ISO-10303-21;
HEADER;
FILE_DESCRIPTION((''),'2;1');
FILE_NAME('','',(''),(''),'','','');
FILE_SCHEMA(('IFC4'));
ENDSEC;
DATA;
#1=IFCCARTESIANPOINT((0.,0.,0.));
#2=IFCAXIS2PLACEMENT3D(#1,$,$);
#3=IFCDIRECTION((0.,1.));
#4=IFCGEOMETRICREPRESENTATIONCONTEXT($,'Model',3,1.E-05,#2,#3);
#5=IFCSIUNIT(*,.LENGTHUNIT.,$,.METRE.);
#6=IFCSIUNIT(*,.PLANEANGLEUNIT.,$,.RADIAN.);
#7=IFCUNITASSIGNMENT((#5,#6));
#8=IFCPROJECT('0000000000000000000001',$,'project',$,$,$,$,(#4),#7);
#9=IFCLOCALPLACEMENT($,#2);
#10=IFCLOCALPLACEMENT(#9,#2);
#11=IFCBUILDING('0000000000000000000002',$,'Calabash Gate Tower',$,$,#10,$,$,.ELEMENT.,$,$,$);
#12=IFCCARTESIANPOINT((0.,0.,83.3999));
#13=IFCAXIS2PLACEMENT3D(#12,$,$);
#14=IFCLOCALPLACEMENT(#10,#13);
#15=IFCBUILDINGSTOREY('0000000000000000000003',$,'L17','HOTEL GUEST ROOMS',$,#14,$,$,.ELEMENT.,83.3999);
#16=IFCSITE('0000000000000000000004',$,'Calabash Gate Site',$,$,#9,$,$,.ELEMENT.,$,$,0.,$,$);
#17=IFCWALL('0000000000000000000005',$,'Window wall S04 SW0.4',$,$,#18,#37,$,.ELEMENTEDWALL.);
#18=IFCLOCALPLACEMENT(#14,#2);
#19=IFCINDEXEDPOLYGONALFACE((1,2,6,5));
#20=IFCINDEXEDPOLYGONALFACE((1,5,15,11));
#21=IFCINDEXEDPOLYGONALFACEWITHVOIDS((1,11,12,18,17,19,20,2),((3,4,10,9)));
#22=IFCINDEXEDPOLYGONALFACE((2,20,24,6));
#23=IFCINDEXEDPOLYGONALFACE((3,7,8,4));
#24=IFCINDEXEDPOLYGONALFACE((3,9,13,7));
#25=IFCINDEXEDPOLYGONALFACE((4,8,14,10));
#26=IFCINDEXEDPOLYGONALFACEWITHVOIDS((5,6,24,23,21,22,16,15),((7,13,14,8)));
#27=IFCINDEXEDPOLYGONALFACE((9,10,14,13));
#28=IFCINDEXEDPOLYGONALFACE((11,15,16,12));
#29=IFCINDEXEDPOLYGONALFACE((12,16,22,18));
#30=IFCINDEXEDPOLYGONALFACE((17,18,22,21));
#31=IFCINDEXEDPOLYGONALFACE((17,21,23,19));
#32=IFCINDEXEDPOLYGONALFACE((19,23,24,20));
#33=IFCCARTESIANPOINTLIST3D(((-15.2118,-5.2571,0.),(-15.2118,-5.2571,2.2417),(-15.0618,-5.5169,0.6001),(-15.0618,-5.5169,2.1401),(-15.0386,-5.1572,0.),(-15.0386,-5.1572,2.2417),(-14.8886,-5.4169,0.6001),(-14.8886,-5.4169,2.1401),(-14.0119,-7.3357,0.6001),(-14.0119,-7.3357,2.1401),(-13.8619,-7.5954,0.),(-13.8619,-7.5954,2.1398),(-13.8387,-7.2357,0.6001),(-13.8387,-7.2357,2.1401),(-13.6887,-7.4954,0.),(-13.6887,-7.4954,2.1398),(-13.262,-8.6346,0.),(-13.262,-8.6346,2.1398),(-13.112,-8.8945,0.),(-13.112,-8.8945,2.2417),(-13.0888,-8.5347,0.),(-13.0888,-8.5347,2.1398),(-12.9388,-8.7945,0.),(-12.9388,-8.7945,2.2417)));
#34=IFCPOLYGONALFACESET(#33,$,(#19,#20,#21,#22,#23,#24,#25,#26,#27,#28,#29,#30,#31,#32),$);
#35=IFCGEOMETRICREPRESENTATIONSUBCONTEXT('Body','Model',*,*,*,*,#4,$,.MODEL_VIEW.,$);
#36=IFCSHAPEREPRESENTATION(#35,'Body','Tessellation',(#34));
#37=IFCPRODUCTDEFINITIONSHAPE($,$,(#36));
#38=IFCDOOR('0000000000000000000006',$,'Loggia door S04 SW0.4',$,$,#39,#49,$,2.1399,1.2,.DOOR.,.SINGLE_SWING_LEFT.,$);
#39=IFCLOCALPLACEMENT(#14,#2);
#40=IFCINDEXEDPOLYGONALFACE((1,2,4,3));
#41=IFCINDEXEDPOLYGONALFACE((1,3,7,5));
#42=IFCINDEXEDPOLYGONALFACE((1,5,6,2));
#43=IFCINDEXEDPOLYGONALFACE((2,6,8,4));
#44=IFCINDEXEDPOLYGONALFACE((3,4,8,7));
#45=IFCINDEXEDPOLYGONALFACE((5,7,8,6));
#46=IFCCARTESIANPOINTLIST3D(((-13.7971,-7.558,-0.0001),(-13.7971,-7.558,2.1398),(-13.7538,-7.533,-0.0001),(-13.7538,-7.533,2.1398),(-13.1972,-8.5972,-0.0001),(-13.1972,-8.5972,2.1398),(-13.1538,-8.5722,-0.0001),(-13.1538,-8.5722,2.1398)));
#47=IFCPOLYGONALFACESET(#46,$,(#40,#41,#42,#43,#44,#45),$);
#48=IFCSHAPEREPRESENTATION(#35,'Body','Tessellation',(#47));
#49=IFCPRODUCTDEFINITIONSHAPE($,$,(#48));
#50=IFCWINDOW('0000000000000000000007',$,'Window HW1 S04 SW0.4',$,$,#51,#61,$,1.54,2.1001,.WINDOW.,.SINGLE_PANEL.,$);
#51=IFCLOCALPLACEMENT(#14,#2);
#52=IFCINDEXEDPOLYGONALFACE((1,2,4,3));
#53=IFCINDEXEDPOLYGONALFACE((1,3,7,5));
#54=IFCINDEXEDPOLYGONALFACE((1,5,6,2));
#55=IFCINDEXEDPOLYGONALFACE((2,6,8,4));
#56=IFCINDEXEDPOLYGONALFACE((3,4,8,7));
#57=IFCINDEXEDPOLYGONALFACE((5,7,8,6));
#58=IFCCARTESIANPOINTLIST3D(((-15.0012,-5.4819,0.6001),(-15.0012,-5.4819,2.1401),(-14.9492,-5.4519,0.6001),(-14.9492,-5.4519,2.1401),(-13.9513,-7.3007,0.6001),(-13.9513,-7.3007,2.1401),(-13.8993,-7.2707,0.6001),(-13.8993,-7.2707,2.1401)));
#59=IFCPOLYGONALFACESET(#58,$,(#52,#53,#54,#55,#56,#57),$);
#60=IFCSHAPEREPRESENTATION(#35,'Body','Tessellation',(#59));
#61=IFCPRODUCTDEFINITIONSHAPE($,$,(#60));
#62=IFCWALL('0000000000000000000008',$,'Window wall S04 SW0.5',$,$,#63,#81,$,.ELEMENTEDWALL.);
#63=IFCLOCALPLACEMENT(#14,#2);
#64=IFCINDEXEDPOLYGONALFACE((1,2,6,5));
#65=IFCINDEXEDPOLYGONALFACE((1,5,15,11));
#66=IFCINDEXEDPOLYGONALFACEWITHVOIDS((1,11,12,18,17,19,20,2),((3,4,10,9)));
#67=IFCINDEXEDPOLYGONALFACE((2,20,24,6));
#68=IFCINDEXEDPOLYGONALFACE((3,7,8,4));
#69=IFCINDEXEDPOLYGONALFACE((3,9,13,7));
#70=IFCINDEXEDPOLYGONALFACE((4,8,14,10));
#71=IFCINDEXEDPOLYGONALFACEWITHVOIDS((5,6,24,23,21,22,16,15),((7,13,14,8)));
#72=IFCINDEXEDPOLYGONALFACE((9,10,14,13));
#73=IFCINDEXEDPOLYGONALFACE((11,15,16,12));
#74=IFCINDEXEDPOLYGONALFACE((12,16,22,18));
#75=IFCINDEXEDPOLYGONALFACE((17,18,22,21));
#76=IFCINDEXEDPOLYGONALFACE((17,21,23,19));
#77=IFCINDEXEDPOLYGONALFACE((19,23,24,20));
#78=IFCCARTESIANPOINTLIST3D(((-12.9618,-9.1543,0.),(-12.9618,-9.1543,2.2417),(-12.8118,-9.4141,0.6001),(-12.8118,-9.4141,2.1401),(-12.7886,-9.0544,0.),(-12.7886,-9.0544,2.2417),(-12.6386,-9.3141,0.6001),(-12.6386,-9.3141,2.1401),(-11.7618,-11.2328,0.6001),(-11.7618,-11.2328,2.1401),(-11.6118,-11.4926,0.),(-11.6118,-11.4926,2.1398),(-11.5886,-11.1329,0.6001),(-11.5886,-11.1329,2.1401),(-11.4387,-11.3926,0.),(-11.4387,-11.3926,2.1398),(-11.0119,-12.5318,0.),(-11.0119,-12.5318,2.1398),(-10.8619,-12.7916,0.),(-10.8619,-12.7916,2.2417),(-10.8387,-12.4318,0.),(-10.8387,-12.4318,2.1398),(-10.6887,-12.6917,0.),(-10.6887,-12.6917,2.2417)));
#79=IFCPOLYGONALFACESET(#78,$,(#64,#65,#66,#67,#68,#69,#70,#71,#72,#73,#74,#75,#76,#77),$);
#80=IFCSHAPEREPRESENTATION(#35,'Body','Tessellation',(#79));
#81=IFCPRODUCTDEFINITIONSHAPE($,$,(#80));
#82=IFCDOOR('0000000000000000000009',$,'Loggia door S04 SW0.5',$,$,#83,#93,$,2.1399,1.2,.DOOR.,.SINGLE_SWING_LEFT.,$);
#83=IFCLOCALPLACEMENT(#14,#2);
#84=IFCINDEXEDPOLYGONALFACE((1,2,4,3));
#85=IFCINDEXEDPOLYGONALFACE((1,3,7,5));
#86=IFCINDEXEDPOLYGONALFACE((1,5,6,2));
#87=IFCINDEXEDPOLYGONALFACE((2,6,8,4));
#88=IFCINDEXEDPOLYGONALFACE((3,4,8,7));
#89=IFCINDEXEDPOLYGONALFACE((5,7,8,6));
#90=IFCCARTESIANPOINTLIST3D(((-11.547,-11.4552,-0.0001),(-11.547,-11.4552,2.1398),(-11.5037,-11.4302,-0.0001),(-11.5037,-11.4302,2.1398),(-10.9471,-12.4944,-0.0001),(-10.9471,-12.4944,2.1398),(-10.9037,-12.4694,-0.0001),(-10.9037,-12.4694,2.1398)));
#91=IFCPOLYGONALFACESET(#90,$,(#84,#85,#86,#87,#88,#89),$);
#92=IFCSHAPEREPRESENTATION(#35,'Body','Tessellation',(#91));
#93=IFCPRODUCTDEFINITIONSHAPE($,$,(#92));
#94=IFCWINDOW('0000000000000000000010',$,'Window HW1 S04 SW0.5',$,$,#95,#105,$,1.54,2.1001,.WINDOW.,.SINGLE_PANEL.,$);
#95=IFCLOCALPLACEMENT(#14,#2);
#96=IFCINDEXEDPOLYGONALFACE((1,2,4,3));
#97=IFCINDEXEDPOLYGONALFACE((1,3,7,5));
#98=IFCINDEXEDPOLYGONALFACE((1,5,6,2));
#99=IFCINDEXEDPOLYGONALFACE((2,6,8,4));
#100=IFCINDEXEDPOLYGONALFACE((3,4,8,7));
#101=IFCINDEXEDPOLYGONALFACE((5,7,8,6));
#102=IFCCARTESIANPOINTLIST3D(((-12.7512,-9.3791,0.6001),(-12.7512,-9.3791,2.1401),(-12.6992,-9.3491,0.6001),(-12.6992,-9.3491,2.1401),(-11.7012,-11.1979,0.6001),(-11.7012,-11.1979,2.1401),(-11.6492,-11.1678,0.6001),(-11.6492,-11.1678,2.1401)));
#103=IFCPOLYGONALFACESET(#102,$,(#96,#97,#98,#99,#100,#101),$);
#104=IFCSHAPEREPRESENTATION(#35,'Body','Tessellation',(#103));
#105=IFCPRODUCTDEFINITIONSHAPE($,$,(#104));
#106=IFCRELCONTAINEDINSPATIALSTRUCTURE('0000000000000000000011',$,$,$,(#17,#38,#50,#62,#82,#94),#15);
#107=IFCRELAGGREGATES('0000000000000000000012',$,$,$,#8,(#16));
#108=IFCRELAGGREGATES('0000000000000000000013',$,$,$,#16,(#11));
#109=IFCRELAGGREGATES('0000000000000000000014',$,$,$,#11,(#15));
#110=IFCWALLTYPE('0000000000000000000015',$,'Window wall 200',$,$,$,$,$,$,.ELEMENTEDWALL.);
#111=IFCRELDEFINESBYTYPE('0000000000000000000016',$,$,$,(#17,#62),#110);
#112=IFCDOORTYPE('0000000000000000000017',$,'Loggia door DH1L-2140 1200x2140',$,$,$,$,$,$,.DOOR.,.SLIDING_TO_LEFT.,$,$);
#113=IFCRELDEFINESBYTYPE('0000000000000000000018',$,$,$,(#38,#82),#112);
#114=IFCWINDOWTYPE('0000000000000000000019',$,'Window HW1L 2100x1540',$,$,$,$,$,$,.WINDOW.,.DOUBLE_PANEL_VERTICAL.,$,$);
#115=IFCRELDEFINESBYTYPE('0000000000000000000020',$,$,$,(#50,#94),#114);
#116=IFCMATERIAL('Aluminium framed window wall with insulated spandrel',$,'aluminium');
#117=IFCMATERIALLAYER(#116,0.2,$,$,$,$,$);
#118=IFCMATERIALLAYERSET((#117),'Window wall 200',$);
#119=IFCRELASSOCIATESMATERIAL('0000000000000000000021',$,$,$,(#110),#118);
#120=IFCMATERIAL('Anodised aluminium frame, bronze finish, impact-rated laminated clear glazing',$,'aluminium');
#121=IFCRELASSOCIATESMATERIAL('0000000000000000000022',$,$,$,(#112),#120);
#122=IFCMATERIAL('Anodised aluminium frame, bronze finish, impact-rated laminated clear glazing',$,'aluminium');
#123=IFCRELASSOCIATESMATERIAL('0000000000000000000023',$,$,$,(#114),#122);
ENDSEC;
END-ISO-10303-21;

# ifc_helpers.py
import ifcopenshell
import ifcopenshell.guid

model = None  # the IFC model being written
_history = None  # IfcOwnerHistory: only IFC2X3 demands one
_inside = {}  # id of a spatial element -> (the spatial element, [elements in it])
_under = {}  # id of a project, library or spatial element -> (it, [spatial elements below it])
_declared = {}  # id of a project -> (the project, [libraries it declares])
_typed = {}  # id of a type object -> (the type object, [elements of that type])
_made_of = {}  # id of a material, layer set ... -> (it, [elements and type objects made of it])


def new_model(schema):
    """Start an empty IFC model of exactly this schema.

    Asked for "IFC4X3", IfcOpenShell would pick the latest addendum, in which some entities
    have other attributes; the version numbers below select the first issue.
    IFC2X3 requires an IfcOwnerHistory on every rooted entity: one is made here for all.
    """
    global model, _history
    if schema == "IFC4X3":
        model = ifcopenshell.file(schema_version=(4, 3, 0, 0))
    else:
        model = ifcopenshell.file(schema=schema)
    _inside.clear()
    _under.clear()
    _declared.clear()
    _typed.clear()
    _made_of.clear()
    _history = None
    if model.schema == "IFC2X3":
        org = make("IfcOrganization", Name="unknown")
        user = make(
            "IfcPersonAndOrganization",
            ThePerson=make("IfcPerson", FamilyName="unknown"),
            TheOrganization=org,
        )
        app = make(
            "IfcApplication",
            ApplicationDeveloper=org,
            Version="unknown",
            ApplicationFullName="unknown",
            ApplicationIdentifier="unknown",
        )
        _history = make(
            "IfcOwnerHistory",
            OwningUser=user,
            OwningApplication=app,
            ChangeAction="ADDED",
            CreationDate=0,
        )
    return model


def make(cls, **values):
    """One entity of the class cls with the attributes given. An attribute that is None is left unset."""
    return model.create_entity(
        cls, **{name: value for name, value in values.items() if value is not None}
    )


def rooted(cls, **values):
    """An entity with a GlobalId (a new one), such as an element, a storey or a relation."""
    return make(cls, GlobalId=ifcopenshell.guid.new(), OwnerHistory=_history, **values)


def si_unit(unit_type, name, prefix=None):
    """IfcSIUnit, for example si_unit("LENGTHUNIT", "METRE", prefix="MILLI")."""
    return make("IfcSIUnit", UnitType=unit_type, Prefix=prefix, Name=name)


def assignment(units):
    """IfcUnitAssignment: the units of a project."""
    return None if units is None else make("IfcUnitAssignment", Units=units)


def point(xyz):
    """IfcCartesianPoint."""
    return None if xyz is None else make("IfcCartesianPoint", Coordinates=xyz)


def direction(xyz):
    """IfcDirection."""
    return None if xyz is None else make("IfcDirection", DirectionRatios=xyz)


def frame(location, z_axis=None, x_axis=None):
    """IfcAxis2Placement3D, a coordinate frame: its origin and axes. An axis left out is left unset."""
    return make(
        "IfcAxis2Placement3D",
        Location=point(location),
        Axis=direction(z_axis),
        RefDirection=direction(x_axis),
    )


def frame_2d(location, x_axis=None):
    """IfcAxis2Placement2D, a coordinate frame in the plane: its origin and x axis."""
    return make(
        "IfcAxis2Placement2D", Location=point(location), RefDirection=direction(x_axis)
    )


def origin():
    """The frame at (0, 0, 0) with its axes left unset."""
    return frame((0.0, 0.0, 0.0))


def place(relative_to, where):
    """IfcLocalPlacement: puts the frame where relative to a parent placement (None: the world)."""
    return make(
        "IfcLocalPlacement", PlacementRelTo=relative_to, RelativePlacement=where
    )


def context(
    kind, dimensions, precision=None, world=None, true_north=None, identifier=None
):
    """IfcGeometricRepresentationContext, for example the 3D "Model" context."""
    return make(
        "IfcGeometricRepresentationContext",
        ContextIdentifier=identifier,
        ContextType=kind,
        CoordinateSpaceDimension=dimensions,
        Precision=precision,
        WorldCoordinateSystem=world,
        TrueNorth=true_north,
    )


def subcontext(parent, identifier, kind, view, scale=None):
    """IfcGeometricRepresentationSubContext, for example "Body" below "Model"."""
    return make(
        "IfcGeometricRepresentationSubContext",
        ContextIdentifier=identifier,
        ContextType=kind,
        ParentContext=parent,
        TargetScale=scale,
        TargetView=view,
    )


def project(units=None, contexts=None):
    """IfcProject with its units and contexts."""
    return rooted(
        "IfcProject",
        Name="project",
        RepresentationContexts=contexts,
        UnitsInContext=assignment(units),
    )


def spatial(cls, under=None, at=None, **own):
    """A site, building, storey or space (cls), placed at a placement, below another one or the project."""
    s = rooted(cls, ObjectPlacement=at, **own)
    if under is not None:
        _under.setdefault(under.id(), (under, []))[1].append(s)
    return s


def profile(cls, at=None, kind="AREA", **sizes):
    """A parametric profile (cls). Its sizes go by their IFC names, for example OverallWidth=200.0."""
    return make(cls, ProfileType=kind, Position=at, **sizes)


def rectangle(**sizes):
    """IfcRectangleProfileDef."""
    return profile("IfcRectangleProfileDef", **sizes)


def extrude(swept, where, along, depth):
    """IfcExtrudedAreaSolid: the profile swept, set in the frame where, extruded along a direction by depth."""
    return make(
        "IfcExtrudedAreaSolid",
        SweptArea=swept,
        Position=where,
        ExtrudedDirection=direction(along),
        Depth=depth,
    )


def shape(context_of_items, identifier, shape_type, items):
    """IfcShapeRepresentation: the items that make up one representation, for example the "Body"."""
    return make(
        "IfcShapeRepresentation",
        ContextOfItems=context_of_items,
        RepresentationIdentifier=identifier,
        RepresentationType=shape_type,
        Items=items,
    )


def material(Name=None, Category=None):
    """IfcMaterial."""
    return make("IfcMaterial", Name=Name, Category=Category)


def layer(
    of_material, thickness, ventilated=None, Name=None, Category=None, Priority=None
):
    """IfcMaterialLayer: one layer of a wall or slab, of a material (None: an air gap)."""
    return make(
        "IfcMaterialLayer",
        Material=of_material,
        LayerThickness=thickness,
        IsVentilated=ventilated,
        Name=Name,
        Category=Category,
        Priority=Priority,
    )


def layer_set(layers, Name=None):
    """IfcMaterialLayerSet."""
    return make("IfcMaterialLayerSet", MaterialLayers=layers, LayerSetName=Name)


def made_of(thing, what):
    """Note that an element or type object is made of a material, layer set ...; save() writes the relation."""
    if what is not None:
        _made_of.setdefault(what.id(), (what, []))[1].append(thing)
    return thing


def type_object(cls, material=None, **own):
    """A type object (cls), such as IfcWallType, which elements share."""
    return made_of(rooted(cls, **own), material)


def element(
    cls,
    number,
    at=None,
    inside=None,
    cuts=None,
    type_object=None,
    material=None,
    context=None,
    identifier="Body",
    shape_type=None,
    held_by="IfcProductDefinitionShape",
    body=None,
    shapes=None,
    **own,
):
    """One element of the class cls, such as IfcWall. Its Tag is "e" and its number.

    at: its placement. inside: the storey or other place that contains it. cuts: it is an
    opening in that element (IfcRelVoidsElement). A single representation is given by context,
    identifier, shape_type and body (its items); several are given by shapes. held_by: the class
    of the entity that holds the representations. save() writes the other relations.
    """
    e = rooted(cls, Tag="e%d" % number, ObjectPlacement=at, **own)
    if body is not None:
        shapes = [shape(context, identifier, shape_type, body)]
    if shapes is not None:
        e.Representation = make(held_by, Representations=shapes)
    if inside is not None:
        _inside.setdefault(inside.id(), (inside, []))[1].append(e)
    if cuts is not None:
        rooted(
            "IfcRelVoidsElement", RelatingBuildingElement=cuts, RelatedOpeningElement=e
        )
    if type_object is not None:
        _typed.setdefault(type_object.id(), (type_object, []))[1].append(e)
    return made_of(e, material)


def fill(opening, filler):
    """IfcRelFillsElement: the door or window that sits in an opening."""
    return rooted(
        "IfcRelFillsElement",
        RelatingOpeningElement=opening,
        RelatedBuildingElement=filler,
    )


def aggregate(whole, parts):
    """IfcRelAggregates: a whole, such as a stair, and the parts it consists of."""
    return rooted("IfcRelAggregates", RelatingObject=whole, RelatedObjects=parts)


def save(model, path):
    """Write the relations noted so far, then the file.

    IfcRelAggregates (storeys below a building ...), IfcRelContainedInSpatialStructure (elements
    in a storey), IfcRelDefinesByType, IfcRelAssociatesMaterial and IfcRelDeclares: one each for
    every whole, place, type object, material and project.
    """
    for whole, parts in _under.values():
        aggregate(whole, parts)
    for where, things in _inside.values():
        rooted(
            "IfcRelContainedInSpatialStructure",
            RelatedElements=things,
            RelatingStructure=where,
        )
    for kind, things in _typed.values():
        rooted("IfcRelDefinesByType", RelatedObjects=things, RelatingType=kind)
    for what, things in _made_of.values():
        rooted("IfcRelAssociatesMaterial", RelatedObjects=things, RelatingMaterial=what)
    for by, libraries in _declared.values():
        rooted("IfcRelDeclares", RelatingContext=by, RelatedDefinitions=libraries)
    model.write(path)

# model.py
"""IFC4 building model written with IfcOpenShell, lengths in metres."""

from ifc_helpers import new_model, si_unit, direction, frame, frame_2d, origin, place, context, subcontext, project, spatial, rectangle, extrude, material, layer, layer_set, type_object, element, fill, save


model = new_model("IFC4")

# Units and contexts
model_context = context("Model", 3, precision=1e-05, world=origin(), true_north=direction((0.0, 1.0)))
body_context = subcontext(model_context, "Body", "Model", "MODEL_VIEW")
ifc_project = project(units=[si_unit("LENGTHUNIT", "METRE"), si_unit("PLANEANGLEUNIT", "RADIAN")], contexts=[model_context])

# Site, building, storey
site_placement = place(None, origin())
site = spatial("IfcSite", under=ifc_project, at=site_placement, Name="Calabash Gate Site", CompositionType="ELEMENT", RefElevation=0.0)
building_placement = place(site_placement, origin())
building = spatial("IfcBuilding", under=site, at=building_placement, Name="Calabash Gate Tower", CompositionType="ELEMENT")
storey_placement = place(building_placement, frame((0.0, 0.0, 83.3999)))
storey = spatial("IfcBuildingStorey", under=building, at=storey_placement, Name="L17", Description="HOTEL GUEST ROOMS", CompositionType="ELEMENT", Elevation=83.3999)

# Walls, openings, doors, windows
ifc_material_1 = material(Name="Aluminium framed window wall with insulated spandrel", Category="aluminium")
ifc_layer_1 = layer(ifc_material_1, 0.2)
ifc_layer_set_1 = layer_set([ifc_layer_1], Name="Window wall 200")
wall_type_1 = type_object("IfcWallType", Name="Window wall 200", PredefinedType="ELEMENTEDWALL", material=ifc_layer_set_1)
wall_1_placement = place(storey_placement, frame((-15.1252, -5.207, 0.0), z_axis=(0.0, 0.0, 1.0), x_axis=(0.499959, -0.866049, 0.0)))
wall_1 = element("IfcWall", 1, at=wall_1_placement, inside=storey, type_object=wall_type_1, Name="Window wall S04 SW0.4", PredefinedType="ELEMENTEDWALL", context=body_context, shape_type="SweptSolid", body=[
    extrude(rectangle(XDim=4.2, YDim=0.2, at=frame_2d((2.1001, 0.0))), origin(), (0.0, 0.0, 1.0), 2.2417),
])
opening_1_placement = place(wall_1_placement, frame((0.3, 0.0, 0.6001)))
opening_1 = element("IfcOpeningElement", 2, at=opening_1_placement, cuts=wall_1, PredefinedType="OPENING", context=body_context, shape_type="SweptSolid", body=[
    extrude(rectangle(XDim=2.1001, YDim=1.54, at=frame_2d((1.05, 0.77))), frame((0.0, 0.1099, 0.0), z_axis=(0.0, -1.0, 0.0), x_axis=(1.0, 0.0, 0.0)), (0.0, 0.0, 1.0), 0.22),
])
opening_2_placement = place(wall_1_placement, frame((2.7, 0.0, 0.0)))
opening_2 = element("IfcOpeningElement", 3, at=opening_2_placement, cuts=wall_1, PredefinedType="OPENING", context=body_context, shape_type="SweptSolid", body=[
    extrude(rectangle(XDim=1.2, YDim=2.1399, at=frame_2d((0.6001, 1.0698))), frame((0.0, 0.1099, 0.0), z_axis=(0.0, -1.0, 0.0), x_axis=(1.0, 0.0, 0.0)), (0.0, 0.0, 1.0), 0.22),
])
ifc_material_2 = material(Name="Anodised aluminium frame, bronze finish, impact-rated laminated clear glazing", Category="aluminium")
door_type_1 = type_object("IfcDoorType", Name="Loggia door DH1L-2140 1200x2140", OperationType="SLIDING_TO_LEFT", PredefinedType="DOOR", material=ifc_material_2)
door_1_placement = place(opening_2_placement, origin())
door_1 = element("IfcDoor", 4, at=door_1_placement, inside=storey, type_object=door_type_1, Name="Loggia door S04 SW0.4", OperationType="SINGLE_SWING_LEFT", OverallHeight=2.1399, OverallWidth=1.2, PredefinedType="DOOR", context=body_context, shape_type="SweptSolid", body=[
    extrude(rectangle(XDim=1.2, YDim=2.1399, at=frame_2d((0.6001, 1.0698))), frame((0.0, 0.0249, 0.0), z_axis=(0.0, -1.0, 0.0), x_axis=(1.0, 0.0, 0.0)), (0.0, 0.0, 1.0), 0.05),
])
fill(opening_2, door_1)
ifc_material_3 = material(Name="Anodised aluminium frame, bronze finish, impact-rated laminated clear glazing", Category="aluminium")
window_type_1 = type_object("IfcWindowType", Name="Window HW1L 2100x1540", PartitioningType="DOUBLE_PANEL_VERTICAL", PredefinedType="WINDOW", material=ifc_material_3)
window_1_placement = place(opening_1_placement, origin())
window_1 = element("IfcWindow", 5, at=window_1_placement, inside=storey, type_object=window_type_1, Name="Window HW1 S04 SW0.4", OverallHeight=1.54, OverallWidth=2.1001, PartitioningType="SINGLE_PANEL", PredefinedType="WINDOW", context=body_context, shape_type="SweptSolid", body=[
    extrude(rectangle(XDim=2.1001, YDim=1.54, at=frame_2d((1.05, 0.77))), frame((0.0, 0.03, 0.0), z_axis=(0.0, -1.0, 0.0), x_axis=(1.0, 0.0, 0.0)), (0.0, 0.0, 1.0), 0.0601),
])
fill(opening_1, window_1)
wall_2_placement = place(storey_placement, frame((-12.8752, -9.1042, 0.0), z_axis=(0.0, 0.0, 1.0), x_axis=(0.499984, -0.866035, 0.0)))
wall_2 = element("IfcWall", 6, at=wall_2_placement, inside=storey, type_object=wall_type_1, Name="Window wall S04 SW0.5", PredefinedType="ELEMENTEDWALL", context=body_context, shape_type="SweptSolid", body=[
    extrude(rectangle(XDim=4.2, YDim=0.2, at=frame_2d((2.1001, 0.0))), origin(), (0.0, 0.0, 1.0), 2.2417),
])
opening_3_placement = place(wall_2_placement, frame((0.3, 0.0, 0.6001)))
opening_3 = element("IfcOpeningElement", 7, at=opening_3_placement, cuts=wall_2, PredefinedType="OPENING", context=body_context, shape_type="SweptSolid", body=[
    extrude(rectangle(XDim=2.1001, YDim=1.54, at=frame_2d((1.05, 0.77))), frame((0.0, 0.1099, 0.0), z_axis=(0.0, -1.0, 0.0), x_axis=(1.0, 0.0, 0.0)), (0.0, 0.0, 1.0), 0.22),
])
opening_4_placement = place(wall_2_placement, frame((2.7, 0.0, 0.0)))
opening_4 = element("IfcOpeningElement", 8, at=opening_4_placement, cuts=wall_2, PredefinedType="OPENING", context=body_context, shape_type="SweptSolid", body=[
    extrude(rectangle(XDim=1.2, YDim=2.1399, at=frame_2d((0.6001, 1.0698))), frame((0.0, 0.1099, 0.0), z_axis=(0.0, -1.0, 0.0), x_axis=(1.0, 0.0, 0.0)), (0.0, 0.0, 1.0), 0.22),
])
door_2_placement = place(opening_4_placement, origin())
door_2 = element("IfcDoor", 9, at=door_2_placement, inside=storey, type_object=door_type_1, Name="Loggia door S04 SW0.5", OperationType="SINGLE_SWING_LEFT", OverallHeight=2.1399, OverallWidth=1.2, PredefinedType="DOOR", context=body_context, shape_type="SweptSolid", body=[
    extrude(rectangle(XDim=1.2, YDim=2.1399, at=frame_2d((0.6001, 1.0698))), frame((0.0, 0.0249, 0.0), z_axis=(0.0, -1.0, 0.0), x_axis=(1.0, 0.0, 0.0)), (0.0, 0.0, 1.0), 0.05),
])
fill(opening_4, door_2)
window_2_placement = place(opening_3_placement, origin())
window_2 = element("IfcWindow", 10, at=window_2_placement, inside=storey, type_object=window_type_1, Name="Window HW1 S04 SW0.5", OverallHeight=1.54, OverallWidth=2.1001, PartitioningType="SINGLE_PANEL", PredefinedType="WINDOW", context=body_context, shape_type="SweptSolid", body=[
    extrude(rectangle(XDim=2.1001, YDim=1.54, at=frame_2d((1.05, 0.77))), frame((0.0, 0.03, 0.0), z_axis=(0.0, -1.0, 0.0), x_axis=(1.0, 0.0, 0.0)), (0.0, 0.0, 1.0), 0.0601),
])
fill(opening_3, window_2)

save(model, "model.ifc")
